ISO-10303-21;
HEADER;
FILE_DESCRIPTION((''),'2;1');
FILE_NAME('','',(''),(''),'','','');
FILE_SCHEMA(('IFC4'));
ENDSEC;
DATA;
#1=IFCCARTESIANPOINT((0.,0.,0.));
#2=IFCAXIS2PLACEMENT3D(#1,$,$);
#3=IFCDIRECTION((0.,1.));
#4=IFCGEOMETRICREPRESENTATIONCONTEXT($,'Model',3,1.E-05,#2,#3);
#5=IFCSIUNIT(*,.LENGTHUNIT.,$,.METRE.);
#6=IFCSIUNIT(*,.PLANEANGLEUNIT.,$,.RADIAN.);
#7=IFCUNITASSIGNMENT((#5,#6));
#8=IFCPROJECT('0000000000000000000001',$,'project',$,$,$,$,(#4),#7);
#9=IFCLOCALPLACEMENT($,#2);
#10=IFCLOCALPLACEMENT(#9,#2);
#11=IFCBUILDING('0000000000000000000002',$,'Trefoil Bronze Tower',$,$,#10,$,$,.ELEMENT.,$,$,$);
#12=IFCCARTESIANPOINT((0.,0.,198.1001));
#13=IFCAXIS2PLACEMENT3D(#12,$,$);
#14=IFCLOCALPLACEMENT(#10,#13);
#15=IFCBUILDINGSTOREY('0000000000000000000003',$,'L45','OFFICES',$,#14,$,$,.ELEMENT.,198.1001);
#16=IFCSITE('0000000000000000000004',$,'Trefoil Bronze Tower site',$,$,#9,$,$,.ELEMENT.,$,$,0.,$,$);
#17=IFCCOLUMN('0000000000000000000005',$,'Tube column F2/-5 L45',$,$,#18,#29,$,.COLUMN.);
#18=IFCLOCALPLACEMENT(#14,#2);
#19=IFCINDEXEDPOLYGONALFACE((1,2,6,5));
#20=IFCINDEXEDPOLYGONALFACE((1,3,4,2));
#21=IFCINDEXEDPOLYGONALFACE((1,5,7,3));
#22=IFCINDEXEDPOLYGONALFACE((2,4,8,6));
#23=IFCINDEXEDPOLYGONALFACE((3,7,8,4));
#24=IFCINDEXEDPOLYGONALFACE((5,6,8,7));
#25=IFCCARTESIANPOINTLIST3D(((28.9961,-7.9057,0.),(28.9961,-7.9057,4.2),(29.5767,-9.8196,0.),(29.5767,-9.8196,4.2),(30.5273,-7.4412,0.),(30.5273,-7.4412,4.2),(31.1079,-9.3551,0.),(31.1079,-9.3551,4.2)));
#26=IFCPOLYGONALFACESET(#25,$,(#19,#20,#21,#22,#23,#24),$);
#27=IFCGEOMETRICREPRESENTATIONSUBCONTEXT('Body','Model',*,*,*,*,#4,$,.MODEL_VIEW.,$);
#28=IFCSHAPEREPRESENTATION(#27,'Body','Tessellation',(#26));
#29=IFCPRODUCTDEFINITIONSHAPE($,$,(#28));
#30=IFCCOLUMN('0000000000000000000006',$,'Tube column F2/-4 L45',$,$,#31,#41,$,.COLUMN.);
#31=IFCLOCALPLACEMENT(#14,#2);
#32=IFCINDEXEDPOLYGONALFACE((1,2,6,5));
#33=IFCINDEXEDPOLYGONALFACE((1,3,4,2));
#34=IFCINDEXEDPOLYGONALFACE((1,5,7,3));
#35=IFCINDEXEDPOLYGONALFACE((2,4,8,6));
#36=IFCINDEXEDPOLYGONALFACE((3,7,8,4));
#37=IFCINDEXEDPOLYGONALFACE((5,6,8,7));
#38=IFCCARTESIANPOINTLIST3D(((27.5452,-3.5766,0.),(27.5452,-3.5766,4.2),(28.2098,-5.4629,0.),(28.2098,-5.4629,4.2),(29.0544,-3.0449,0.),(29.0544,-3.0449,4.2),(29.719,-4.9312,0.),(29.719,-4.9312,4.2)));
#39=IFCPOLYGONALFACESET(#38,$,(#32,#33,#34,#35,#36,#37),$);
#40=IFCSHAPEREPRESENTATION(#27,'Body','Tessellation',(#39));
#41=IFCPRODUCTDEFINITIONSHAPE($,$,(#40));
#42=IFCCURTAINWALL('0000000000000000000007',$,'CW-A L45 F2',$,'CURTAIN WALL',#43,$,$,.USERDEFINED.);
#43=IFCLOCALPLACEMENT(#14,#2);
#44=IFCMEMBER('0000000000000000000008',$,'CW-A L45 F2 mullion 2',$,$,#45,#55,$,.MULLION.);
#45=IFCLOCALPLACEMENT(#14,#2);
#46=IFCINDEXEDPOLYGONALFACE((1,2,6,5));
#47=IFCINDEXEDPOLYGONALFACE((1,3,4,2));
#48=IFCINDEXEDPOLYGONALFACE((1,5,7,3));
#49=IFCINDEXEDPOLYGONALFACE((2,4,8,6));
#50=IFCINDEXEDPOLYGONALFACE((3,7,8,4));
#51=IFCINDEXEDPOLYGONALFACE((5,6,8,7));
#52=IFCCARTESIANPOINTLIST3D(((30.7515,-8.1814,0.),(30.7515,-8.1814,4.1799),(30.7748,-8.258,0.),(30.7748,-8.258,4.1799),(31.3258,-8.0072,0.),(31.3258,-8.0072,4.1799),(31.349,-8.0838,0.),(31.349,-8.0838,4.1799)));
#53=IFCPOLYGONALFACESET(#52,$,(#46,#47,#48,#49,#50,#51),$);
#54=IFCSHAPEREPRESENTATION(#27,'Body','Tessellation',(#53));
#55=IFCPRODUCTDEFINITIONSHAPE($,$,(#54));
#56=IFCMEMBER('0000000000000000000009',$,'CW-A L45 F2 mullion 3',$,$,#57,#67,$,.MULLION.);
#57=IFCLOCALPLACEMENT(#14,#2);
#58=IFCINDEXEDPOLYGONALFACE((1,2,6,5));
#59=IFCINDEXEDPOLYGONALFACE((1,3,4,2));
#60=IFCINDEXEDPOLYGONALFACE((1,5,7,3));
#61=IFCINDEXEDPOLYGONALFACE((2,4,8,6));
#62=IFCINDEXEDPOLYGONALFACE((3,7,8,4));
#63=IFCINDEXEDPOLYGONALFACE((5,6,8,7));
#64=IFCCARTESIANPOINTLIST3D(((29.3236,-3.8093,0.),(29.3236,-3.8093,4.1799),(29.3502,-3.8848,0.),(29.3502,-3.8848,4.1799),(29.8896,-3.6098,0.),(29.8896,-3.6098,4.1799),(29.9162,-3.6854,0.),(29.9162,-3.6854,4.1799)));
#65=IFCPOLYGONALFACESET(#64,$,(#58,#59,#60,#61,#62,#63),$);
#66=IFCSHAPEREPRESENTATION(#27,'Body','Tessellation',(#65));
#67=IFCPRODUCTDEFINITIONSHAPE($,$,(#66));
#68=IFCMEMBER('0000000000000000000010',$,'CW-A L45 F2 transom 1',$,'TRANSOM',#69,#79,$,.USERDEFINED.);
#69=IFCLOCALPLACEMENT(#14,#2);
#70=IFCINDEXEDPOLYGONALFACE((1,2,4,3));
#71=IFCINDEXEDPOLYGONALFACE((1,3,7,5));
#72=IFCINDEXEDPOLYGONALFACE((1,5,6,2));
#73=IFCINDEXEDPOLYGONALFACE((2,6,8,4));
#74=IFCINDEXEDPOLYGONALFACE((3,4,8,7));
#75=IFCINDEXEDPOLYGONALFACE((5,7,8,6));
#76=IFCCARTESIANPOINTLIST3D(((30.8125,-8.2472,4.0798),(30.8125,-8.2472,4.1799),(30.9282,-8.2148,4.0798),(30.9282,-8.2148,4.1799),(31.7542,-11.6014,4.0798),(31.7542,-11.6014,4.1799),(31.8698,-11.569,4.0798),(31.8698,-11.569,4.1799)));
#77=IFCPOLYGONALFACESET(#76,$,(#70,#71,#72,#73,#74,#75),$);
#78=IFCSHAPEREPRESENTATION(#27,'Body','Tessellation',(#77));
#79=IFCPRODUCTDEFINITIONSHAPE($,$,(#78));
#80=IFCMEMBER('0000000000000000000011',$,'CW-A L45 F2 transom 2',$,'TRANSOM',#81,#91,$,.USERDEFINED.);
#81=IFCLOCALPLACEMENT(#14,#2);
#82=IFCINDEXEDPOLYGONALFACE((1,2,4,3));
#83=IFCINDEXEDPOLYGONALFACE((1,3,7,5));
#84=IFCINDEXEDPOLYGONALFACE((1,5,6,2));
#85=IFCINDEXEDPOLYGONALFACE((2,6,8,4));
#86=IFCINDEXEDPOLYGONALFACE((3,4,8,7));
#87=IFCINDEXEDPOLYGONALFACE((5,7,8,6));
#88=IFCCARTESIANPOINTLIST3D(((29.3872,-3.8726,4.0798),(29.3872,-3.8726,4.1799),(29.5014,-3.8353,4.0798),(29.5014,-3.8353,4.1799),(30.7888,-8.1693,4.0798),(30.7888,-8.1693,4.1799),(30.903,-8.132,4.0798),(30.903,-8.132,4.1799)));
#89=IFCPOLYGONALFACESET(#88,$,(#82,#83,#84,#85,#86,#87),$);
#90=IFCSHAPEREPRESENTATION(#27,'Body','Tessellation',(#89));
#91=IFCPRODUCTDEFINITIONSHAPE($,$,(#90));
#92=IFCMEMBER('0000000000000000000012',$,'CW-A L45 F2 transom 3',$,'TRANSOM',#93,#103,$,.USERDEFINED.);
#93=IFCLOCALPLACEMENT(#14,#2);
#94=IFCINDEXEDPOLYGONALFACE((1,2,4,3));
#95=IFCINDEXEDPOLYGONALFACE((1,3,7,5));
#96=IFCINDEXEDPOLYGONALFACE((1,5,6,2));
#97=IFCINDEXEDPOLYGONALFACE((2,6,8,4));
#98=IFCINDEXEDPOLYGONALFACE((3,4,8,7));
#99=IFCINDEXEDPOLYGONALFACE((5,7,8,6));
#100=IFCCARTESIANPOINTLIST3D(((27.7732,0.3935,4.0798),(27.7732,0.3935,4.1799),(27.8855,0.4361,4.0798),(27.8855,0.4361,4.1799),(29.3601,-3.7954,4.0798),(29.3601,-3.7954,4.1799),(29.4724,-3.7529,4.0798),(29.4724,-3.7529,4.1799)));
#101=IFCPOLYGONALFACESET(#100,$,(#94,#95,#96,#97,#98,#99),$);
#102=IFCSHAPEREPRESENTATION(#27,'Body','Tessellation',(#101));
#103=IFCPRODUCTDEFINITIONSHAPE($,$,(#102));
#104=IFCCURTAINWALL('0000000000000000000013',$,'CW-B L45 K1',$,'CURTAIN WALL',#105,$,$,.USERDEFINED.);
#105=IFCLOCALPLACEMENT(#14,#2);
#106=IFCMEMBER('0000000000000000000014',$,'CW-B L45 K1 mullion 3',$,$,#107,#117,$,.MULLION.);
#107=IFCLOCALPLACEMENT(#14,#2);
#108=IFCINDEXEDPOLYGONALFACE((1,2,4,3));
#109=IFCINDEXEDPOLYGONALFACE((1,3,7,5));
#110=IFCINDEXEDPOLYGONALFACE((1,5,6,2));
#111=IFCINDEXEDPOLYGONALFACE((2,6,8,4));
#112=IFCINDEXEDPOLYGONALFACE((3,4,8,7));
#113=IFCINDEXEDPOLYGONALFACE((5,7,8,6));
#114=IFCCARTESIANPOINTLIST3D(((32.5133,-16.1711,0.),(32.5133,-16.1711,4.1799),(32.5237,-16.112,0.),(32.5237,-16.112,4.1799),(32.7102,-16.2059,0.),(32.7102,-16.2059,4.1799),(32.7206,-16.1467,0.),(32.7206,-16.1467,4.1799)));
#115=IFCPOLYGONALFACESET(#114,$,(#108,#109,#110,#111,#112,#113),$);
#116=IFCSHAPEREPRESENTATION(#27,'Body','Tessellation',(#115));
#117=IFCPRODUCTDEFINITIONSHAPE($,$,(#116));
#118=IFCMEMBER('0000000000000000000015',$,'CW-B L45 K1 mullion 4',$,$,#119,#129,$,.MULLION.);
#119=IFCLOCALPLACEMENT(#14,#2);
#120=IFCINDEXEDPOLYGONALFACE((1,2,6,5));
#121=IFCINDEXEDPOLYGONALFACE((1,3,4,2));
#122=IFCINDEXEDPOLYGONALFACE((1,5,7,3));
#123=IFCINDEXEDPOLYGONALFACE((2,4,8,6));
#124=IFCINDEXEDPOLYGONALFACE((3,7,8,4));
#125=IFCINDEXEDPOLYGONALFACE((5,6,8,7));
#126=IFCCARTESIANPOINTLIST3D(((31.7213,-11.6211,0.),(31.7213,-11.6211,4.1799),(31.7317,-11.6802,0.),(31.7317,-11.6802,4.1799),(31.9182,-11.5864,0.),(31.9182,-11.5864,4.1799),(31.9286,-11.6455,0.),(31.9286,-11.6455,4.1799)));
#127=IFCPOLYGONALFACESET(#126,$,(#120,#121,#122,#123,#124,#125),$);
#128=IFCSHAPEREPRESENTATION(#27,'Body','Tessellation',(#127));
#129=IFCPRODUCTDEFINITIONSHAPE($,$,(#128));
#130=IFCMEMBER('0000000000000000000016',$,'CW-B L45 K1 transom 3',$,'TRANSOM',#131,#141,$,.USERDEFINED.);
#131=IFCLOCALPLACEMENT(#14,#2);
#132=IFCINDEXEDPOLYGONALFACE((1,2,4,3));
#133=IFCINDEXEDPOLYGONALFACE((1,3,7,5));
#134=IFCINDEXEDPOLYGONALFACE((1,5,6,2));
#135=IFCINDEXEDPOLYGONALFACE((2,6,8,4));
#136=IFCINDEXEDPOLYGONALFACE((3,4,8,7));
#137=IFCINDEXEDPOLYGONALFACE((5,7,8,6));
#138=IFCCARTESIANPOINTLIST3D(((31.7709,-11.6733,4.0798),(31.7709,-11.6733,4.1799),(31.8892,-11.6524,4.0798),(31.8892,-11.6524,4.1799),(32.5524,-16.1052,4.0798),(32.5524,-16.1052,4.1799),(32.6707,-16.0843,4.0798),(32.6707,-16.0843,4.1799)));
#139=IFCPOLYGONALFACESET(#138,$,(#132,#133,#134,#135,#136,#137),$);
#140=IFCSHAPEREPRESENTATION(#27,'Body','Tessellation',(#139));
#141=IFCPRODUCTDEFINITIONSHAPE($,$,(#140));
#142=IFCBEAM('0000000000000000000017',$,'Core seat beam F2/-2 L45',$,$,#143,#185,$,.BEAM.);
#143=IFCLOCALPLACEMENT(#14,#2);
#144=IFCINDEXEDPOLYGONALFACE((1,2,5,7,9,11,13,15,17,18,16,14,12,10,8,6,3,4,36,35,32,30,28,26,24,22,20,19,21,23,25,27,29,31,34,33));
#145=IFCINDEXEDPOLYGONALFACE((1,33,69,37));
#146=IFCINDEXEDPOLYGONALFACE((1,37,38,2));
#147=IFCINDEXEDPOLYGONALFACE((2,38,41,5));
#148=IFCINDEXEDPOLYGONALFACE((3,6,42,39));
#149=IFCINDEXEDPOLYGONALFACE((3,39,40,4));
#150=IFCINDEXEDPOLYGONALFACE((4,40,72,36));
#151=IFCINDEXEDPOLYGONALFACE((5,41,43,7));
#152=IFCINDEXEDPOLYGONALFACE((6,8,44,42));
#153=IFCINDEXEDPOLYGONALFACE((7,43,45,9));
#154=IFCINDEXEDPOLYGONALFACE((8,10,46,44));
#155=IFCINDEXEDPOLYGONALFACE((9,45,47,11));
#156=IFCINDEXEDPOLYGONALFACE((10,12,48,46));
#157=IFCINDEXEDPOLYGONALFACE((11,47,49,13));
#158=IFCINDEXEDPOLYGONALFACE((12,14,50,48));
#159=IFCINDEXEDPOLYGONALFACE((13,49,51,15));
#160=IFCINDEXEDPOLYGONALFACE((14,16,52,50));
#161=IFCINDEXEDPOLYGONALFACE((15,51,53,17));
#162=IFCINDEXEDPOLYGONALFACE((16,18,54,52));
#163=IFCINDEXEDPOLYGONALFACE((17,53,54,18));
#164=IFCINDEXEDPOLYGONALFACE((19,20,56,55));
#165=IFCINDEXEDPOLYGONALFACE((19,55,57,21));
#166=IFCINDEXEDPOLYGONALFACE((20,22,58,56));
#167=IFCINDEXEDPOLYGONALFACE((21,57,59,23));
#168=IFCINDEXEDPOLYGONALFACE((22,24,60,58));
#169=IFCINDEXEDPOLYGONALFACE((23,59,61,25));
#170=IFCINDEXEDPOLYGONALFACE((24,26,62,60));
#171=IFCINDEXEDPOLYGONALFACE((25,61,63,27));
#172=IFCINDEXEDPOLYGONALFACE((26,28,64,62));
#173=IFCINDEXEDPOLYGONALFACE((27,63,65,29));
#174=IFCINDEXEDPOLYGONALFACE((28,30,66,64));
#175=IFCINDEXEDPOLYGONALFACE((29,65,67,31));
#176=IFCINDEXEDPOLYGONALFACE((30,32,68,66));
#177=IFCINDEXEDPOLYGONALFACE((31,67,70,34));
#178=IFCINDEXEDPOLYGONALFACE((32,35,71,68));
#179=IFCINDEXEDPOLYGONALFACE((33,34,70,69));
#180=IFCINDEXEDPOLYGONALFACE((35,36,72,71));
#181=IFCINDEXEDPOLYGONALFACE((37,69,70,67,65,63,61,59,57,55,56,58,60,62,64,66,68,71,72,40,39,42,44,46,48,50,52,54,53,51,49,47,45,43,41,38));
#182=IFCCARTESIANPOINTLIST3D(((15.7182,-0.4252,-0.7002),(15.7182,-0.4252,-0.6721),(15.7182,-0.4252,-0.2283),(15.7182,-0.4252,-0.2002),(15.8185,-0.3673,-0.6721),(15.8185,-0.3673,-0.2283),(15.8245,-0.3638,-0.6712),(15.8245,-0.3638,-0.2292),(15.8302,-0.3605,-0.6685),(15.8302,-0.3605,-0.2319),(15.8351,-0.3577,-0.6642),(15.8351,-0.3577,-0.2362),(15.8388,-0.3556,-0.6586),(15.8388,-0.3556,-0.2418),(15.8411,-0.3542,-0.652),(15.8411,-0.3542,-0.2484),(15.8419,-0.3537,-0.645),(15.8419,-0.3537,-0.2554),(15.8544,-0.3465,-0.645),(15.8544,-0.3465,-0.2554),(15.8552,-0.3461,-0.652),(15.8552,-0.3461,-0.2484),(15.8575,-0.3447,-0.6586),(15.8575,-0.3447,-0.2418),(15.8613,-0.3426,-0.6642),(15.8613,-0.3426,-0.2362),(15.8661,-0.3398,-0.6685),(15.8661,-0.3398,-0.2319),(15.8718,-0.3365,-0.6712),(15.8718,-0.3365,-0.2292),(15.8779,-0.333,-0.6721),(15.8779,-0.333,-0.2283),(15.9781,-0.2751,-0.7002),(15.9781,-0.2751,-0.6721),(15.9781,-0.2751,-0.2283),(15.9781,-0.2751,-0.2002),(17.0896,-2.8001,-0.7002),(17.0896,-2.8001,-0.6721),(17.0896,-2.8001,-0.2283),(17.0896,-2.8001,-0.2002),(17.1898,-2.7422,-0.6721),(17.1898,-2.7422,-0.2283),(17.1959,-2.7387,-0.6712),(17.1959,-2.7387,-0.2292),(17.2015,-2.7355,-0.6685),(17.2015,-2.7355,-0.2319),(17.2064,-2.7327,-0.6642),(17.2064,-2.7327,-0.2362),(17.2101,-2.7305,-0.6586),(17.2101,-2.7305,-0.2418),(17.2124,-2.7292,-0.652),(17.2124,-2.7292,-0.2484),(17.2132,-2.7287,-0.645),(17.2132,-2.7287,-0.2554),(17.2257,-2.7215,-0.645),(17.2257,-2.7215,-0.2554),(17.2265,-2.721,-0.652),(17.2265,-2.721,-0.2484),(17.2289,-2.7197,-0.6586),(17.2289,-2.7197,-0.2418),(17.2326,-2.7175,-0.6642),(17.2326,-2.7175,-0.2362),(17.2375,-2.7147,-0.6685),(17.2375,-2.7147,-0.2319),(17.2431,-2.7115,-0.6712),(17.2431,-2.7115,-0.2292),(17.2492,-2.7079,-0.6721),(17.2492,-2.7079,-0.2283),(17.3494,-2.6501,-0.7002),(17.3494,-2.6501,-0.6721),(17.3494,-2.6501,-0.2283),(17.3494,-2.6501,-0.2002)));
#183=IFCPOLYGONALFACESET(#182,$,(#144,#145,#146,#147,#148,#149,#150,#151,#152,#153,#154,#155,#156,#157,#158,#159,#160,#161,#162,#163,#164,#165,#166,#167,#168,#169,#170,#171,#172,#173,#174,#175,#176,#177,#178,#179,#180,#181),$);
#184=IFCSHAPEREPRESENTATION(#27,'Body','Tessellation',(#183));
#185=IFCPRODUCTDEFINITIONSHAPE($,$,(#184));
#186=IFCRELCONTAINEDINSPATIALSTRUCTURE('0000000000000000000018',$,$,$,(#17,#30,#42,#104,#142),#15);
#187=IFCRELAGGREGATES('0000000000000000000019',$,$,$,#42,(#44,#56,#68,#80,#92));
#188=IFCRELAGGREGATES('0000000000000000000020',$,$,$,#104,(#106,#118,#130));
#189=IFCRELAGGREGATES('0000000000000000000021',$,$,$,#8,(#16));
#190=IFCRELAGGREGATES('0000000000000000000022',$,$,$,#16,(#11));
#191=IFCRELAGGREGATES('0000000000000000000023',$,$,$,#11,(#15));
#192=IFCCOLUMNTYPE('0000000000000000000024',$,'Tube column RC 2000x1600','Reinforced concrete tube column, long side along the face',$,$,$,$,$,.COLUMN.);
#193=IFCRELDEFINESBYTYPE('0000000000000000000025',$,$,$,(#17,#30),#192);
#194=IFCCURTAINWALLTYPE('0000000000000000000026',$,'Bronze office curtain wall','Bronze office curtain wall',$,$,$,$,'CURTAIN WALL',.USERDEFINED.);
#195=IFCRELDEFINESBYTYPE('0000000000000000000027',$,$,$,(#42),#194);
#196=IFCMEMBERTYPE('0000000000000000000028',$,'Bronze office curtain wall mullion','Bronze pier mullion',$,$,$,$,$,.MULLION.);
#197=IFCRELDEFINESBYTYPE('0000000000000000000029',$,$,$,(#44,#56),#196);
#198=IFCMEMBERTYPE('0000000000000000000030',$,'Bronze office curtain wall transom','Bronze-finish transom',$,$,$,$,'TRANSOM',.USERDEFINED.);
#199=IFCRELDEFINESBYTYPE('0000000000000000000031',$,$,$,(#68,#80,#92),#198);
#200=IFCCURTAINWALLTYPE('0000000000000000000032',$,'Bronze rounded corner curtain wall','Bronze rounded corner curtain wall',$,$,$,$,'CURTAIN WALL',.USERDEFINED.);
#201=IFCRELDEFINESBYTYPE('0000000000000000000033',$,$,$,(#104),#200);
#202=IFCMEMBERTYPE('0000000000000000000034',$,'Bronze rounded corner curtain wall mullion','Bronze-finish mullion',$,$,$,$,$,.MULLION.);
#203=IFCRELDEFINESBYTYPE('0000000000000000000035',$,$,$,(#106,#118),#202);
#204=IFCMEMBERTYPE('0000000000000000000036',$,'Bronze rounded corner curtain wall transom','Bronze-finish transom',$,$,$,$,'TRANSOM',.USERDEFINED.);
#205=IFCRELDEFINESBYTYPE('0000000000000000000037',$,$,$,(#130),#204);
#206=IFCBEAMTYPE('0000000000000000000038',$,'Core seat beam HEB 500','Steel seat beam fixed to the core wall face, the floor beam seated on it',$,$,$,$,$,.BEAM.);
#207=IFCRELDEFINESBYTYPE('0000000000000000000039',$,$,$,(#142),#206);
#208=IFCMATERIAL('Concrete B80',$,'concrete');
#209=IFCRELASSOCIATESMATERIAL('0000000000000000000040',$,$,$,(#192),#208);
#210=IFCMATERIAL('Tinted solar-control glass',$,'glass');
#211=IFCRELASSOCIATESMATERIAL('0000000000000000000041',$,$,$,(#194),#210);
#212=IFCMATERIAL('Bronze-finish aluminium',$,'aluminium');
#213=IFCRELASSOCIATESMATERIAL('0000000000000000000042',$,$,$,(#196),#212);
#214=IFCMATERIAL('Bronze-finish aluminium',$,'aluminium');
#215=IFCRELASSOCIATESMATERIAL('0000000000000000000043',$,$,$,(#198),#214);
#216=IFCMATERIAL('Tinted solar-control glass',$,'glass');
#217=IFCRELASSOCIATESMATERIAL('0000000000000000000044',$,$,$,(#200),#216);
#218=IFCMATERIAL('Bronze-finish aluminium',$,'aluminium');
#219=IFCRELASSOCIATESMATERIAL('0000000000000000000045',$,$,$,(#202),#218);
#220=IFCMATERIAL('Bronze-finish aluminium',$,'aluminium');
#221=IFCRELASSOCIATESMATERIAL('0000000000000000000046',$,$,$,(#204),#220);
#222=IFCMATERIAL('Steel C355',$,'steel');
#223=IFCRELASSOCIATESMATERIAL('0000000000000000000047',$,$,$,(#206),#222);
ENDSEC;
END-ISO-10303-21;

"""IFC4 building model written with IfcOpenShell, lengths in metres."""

from ifc_helpers import new_model, si_unit, direction, frame, origin, origin_2d, place, context, subcontext, project, spatial, rectangle, i_section, extrude, material, material_profile, profile_set, type_object, element, aggregate, save


model = new_model("IFC4")

# Units and contexts
model_context = context("Model", 3, precision=1e-05, world=origin(), true_north=direction((0.0, 1.0)))
body_context = subcontext(model_context, "Body", "Model", "MODEL_VIEW")
ifc_project = project(units=[si_unit("LENGTHUNIT", "METRE"), si_unit("PLANEANGLEUNIT", "RADIAN")], contexts=[model_context])

# Site, building, storey
site_placement = place(None, origin())
site = spatial("IfcSite", under=ifc_project, at=site_placement, Name="Trefoil Bronze Tower site", CompositionType="ELEMENT", RefElevation=0.0)
building_placement = place(site_placement, origin())
building = spatial("IfcBuilding", under=site, at=building_placement, Name="Trefoil Bronze Tower", CompositionType="ELEMENT")
storey_placement = place(building_placement, frame((0.0, 0.0, 198.1001)))
storey = spatial("IfcBuildingStorey", under=building, at=storey_placement, Name="L45", Description="OFFICES", CompositionType="ELEMENT", Elevation=198.1001)

# Columns
ifc_material_1 = material(Name="Concrete B80", Category="concrete")
ifc_material_profile_1 = material_profile(ifc_material_1, rectangle(XDim=2.0, YDim=1.6001, at=origin_2d()), Name="RC 2000x1600")
ifc_profile_set_1 = profile_set([ifc_material_profile_1], Name="Concrete B80")
column_type = type_object("IfcColumnType", Name="Tube column RC 2000x1600", Description="Reinforced concrete tube column, long side along the face", PredefinedType="COLUMN", material=ifc_profile_set_1)
for number, where, z_axis, x_axis, name in (
    (1, (30.052, -8.6304, 0.0), (0.0, 0.0, 1.0), (-0.290278, 0.956942, 0.0), "Tube column F2/-5 L45"),
    (2, (28.6321, -4.2539, 0.0), (0.0, 0.0, 1.0), (-0.332282, 0.94318, 0.0), "Tube column F2/-4 L45"),
):
    element("IfcColumn", number, at=place(storey_placement, frame(where, z_axis=z_axis, x_axis=x_axis)), inside=storey, type_object=column_type, Name=name, PredefinedType="COLUMN", context=body_context, shape_type="SweptSolid", body=[
        extrude(rectangle(XDim=2.0, YDim=1.6001, at=origin_2d()), origin(), (0.0, 0.0, 1.0), 4.2),
    ])

# Curtain walls, members
ifc_material_2 = material(Name="Tinted solar-control glass", Category="glass")
curtain_wall_type_1 = type_object("IfcCurtainWallType", Name="Bronze office curtain wall", Description="Bronze office curtain wall", ElementType="CURTAIN WALL", PredefinedType="USERDEFINED", material=ifc_material_2)
curtain_wall_1_placement = place(storey_placement, origin())
curtain_wall_1 = element("IfcCurtainWall", 3, at=curtain_wall_1_placement, inside=storey, type_object=curtain_wall_type_1, Name="CW-A L45 F2", ObjectType="CURTAIN WALL", PredefinedType="USERDEFINED")
ifc_material_3 = material(Name="Bronze-finish aluminium", Category="aluminium")
ifc_material_profile_2 = material_profile(ifc_material_3, rectangle(XDim=0.6001, YDim=0.0801, at=origin_2d()), Name="CW-A mullion")
ifc_profile_set_2 = profile_set([ifc_material_profile_2], Name="Bronze-finish aluminium")
member_type_1 = type_object("IfcMemberType", Name="Bronze office curtain wall mullion", Description="Bronze pier mullion", PredefinedType="MULLION", material=ifc_profile_set_2)
member_1_placement = place(storey_placement, frame((31.0503, -8.1326, 0.0), z_axis=(0.0, 0.0, 1.0), x_axis=(-0.956942, -0.290278, 0.0)))
member_1 = element("IfcMember", 4, at=member_1_placement, type_object=member_type_1, Name="CW-A L45 F2 mullion 2", PredefinedType="MULLION", context=body_context, shape_type="SweptSolid", body=[
    extrude(rectangle(XDim=0.6001, YDim=0.0801, at=origin_2d()), origin(), (0.0, 0.0, 1.0), 4.1799),
])
member_2_placement = place(storey_placement, frame((29.6199, -3.7473, 0.0), z_axis=(0.0, 0.0, 1.0), x_axis=(-0.94318, -0.332282, 0.0)))
member_2 = element("IfcMember", 5, at=member_2_placement, type_object=member_type_1, Name="CW-A L45 F2 mullion 3", PredefinedType="MULLION", context=body_context, shape_type="SweptSolid", body=[
    extrude(rectangle(XDim=0.6001, YDim=0.0801, at=origin_2d()), origin(), (0.0, 0.0, 1.0), 4.1799),
])
ifc_material_4 = material(Name="Bronze-finish aluminium", Category="aluminium")
ifc_material_profile_3 = material_profile(ifc_material_4, rectangle(XDim=0.1201, YDim=0.1001, at=origin_2d()), Name="CW-A transom")
ifc_profile_set_3 = profile_set([ifc_material_profile_3], Name="Bronze-finish aluminium")
member_type_2 = type_object("IfcMemberType", Name="Bronze office curtain wall transom", Description="Bronze-finish transom", ElementType="TRANSOM", PredefinedType="USERDEFINED", material=ifc_profile_set_3)
member_3_placement = place(storey_placement, frame((31.812, -11.5852, 4.1299), z_axis=(-0.270285, 0.96278, 0.0), x_axis=(-0.96278, -0.270285, 0.0)))
member_3 = element("IfcMember", 6, at=member_3_placement, type_object=member_type_2, Name="CW-A L45 F2 transom 1", ObjectType="TRANSOM", PredefinedType="USERDEFINED", context=body_context, shape_type="SweptSolid", body=[
    extrude(rectangle(XDim=0.1201, YDim=0.1001, at=origin_2d()), origin(), (0.0, 0.0, 1.0), 3.4839),
])
member_4_placement = place(storey_placement, frame((30.8459, -8.1506, 4.1299), z_axis=(-0.310128, 0.950695, 0.0), x_axis=(-0.950695, -0.310128, 0.0)))
member_4 = element("IfcMember", 7, at=member_4_placement, type_object=member_type_2, Name="CW-A L45 F2 transom 2", ObjectType="TRANSOM", PredefinedType="USERDEFINED", context=body_context, shape_type="SweptSolid", body=[
    extrude(rectangle(XDim=0.1201, YDim=0.1001, at=origin_2d()), origin(), (0.0, 0.0, 1.0), 4.5195),
])
member_5_placement = place(storey_placement, frame((29.4163, -3.7742, 4.1299), z_axis=(-0.354263, 0.935146, 0.0), x_axis=(-0.935146, -0.354263, 0.0)))
member_5 = element("IfcMember", 8, at=member_5_placement, type_object=member_type_2, Name="CW-A L45 F2 transom 3", ObjectType="TRANSOM", PredefinedType="USERDEFINED", context=body_context, shape_type="SweptSolid", body=[
    extrude(rectangle(XDim=0.1201, YDim=0.1001, at=origin_2d()), origin(), (0.0, 0.0, 1.0), 4.4795),
])
ifc_material_5 = material(Name="Tinted solar-control glass", Category="glass")
curtain_wall_type_2 = type_object("IfcCurtainWallType", Name="Bronze rounded corner curtain wall", Description="Bronze rounded corner curtain wall", ElementType="CURTAIN WALL", PredefinedType="USERDEFINED", material=ifc_material_5)
curtain_wall_2_placement = place(storey_placement, origin())
curtain_wall_2 = element("IfcCurtainWall", 9, at=curtain_wall_2_placement, inside=storey, type_object=curtain_wall_type_2, Name="CW-B L45 K1", ObjectType="CURTAIN WALL", PredefinedType="USERDEFINED")
ifc_material_6 = material(Name="Bronze-finish aluminium", Category="aluminium")
ifc_material_profile_4 = material_profile(ifc_material_6, rectangle(XDim=0.2, YDim=0.0601, at=origin_2d()), Name="CW-B mullion")
ifc_profile_set_4 = profile_set([ifc_material_profile_4], Name="Bronze-finish aluminium")
member_type_3 = type_object("IfcMemberType", Name="Bronze rounded corner curtain wall mullion", Description="Bronze-finish mullion", PredefinedType="MULLION", material=ifc_profile_set_4)
member_6_placement = place(storey_placement, frame((32.6169, -16.1589, 0.0), z_axis=(0.0, 0.0, 1.0), x_axis=(-0.984808, 0.173648, 0.0)))
member_6 = element("IfcMember", 10, at=member_6_placement, type_object=member_type_3, Name="CW-B L45 K1 mullion 3", PredefinedType="MULLION", context=body_context, shape_type="SweptSolid", body=[
    extrude(rectangle(XDim=0.2, YDim=0.0601, at=origin_2d()), origin(), (0.0, 0.0, 1.0), 4.1799),
])
member_7_placement = place(storey_placement, frame((31.825, -11.6333, 0.0), z_axis=(0.0, 0.0, 1.0), x_axis=(-0.984808, -0.173648, 0.0)))
member_7 = element("IfcMember", 11, at=member_7_placement, type_object=member_type_3, Name="CW-B L45 K1 mullion 4", PredefinedType="MULLION", context=body_context, shape_type="SweptSolid", body=[
    extrude(rectangle(XDim=0.2, YDim=0.0601, at=origin_2d()), origin(), (0.0, 0.0, 1.0), 4.1799),
])
ifc_material_7 = material(Name="Bronze-finish aluminium", Category="aluminium")
ifc_material_profile_5 = material_profile(ifc_material_7, rectangle(XDim=0.1201, YDim=0.1001, at=origin_2d()), Name="CW-B transom")
ifc_profile_set_5 = profile_set([ifc_material_profile_5], Name="Bronze-finish aluminium")
member_type_4 = type_object("IfcMemberType", Name="Bronze rounded corner curtain wall transom", Description="Bronze-finish transom", ElementType="TRANSOM", PredefinedType="USERDEFINED", material=ifc_profile_set_5)
member_8_placement = place(storey_placement, frame((32.6116, -16.0947, 4.1299), z_axis=(-0.173655, 0.984806, 0.0), x_axis=(-0.984806, -0.173655, 0.0)))
member_8 = element("IfcMember", 12, at=member_8_placement, type_object=member_type_4, Name="CW-B L45 K1 transom 3", ObjectType="TRANSOM", PredefinedType="USERDEFINED", context=body_context, shape_type="SweptSolid", body=[
    extrude(rectangle(XDim=0.1201, YDim=0.1001, at=origin_2d()), origin(), (0.0, 0.0, 1.0), 4.5002),
])

# Beam
ifc_material_8 = material(Name="Steel C355", Category="steel")
ifc_material_profile_6 = material_profile(ifc_material_8, i_section(OverallWidth=0.3, OverallDepth=0.5, WebThickness=0.0144, FlangeThickness=0.0281, FilletRadius=0.0271, at=origin_2d()), Name="HEB 500")
ifc_profile_set_6 = profile_set([ifc_material_profile_6], Name="Steel C355")
beam_type_1 = type_object("IfcBeamType", Name="Core seat beam HEB 500", Description="Steel seat beam fixed to the core wall face, the floor beam seated on it", PredefinedType="BEAM", material=ifc_profile_set_6)
beam_1_placement = place(storey_placement, frame((17.2195, -2.7251, -0.4502), z_axis=(-0.500036, 0.866005, 0.0), x_axis=(-0.866005, -0.500036, 0.0)))
element("IfcBeam", 13, at=beam_1_placement, inside=storey, type_object=beam_type_1, Name="Core seat beam F2/-2 L45", PredefinedType="BEAM", context=body_context, shape_type="SweptSolid", body=[
    extrude(i_section(OverallWidth=0.3, OverallDepth=0.5, WebThickness=0.0144, FlangeThickness=0.0281, FilletRadius=0.0271, at=origin_2d()), origin(), (0.0, 0.0, 1.0), 2.7424),
])

aggregate(curtain_wall_1, [member_1, member_2, member_3, member_4, member_5])
aggregate(curtain_wall_2, [member_6, member_7, member_8])

save(model, "model.ifc")
